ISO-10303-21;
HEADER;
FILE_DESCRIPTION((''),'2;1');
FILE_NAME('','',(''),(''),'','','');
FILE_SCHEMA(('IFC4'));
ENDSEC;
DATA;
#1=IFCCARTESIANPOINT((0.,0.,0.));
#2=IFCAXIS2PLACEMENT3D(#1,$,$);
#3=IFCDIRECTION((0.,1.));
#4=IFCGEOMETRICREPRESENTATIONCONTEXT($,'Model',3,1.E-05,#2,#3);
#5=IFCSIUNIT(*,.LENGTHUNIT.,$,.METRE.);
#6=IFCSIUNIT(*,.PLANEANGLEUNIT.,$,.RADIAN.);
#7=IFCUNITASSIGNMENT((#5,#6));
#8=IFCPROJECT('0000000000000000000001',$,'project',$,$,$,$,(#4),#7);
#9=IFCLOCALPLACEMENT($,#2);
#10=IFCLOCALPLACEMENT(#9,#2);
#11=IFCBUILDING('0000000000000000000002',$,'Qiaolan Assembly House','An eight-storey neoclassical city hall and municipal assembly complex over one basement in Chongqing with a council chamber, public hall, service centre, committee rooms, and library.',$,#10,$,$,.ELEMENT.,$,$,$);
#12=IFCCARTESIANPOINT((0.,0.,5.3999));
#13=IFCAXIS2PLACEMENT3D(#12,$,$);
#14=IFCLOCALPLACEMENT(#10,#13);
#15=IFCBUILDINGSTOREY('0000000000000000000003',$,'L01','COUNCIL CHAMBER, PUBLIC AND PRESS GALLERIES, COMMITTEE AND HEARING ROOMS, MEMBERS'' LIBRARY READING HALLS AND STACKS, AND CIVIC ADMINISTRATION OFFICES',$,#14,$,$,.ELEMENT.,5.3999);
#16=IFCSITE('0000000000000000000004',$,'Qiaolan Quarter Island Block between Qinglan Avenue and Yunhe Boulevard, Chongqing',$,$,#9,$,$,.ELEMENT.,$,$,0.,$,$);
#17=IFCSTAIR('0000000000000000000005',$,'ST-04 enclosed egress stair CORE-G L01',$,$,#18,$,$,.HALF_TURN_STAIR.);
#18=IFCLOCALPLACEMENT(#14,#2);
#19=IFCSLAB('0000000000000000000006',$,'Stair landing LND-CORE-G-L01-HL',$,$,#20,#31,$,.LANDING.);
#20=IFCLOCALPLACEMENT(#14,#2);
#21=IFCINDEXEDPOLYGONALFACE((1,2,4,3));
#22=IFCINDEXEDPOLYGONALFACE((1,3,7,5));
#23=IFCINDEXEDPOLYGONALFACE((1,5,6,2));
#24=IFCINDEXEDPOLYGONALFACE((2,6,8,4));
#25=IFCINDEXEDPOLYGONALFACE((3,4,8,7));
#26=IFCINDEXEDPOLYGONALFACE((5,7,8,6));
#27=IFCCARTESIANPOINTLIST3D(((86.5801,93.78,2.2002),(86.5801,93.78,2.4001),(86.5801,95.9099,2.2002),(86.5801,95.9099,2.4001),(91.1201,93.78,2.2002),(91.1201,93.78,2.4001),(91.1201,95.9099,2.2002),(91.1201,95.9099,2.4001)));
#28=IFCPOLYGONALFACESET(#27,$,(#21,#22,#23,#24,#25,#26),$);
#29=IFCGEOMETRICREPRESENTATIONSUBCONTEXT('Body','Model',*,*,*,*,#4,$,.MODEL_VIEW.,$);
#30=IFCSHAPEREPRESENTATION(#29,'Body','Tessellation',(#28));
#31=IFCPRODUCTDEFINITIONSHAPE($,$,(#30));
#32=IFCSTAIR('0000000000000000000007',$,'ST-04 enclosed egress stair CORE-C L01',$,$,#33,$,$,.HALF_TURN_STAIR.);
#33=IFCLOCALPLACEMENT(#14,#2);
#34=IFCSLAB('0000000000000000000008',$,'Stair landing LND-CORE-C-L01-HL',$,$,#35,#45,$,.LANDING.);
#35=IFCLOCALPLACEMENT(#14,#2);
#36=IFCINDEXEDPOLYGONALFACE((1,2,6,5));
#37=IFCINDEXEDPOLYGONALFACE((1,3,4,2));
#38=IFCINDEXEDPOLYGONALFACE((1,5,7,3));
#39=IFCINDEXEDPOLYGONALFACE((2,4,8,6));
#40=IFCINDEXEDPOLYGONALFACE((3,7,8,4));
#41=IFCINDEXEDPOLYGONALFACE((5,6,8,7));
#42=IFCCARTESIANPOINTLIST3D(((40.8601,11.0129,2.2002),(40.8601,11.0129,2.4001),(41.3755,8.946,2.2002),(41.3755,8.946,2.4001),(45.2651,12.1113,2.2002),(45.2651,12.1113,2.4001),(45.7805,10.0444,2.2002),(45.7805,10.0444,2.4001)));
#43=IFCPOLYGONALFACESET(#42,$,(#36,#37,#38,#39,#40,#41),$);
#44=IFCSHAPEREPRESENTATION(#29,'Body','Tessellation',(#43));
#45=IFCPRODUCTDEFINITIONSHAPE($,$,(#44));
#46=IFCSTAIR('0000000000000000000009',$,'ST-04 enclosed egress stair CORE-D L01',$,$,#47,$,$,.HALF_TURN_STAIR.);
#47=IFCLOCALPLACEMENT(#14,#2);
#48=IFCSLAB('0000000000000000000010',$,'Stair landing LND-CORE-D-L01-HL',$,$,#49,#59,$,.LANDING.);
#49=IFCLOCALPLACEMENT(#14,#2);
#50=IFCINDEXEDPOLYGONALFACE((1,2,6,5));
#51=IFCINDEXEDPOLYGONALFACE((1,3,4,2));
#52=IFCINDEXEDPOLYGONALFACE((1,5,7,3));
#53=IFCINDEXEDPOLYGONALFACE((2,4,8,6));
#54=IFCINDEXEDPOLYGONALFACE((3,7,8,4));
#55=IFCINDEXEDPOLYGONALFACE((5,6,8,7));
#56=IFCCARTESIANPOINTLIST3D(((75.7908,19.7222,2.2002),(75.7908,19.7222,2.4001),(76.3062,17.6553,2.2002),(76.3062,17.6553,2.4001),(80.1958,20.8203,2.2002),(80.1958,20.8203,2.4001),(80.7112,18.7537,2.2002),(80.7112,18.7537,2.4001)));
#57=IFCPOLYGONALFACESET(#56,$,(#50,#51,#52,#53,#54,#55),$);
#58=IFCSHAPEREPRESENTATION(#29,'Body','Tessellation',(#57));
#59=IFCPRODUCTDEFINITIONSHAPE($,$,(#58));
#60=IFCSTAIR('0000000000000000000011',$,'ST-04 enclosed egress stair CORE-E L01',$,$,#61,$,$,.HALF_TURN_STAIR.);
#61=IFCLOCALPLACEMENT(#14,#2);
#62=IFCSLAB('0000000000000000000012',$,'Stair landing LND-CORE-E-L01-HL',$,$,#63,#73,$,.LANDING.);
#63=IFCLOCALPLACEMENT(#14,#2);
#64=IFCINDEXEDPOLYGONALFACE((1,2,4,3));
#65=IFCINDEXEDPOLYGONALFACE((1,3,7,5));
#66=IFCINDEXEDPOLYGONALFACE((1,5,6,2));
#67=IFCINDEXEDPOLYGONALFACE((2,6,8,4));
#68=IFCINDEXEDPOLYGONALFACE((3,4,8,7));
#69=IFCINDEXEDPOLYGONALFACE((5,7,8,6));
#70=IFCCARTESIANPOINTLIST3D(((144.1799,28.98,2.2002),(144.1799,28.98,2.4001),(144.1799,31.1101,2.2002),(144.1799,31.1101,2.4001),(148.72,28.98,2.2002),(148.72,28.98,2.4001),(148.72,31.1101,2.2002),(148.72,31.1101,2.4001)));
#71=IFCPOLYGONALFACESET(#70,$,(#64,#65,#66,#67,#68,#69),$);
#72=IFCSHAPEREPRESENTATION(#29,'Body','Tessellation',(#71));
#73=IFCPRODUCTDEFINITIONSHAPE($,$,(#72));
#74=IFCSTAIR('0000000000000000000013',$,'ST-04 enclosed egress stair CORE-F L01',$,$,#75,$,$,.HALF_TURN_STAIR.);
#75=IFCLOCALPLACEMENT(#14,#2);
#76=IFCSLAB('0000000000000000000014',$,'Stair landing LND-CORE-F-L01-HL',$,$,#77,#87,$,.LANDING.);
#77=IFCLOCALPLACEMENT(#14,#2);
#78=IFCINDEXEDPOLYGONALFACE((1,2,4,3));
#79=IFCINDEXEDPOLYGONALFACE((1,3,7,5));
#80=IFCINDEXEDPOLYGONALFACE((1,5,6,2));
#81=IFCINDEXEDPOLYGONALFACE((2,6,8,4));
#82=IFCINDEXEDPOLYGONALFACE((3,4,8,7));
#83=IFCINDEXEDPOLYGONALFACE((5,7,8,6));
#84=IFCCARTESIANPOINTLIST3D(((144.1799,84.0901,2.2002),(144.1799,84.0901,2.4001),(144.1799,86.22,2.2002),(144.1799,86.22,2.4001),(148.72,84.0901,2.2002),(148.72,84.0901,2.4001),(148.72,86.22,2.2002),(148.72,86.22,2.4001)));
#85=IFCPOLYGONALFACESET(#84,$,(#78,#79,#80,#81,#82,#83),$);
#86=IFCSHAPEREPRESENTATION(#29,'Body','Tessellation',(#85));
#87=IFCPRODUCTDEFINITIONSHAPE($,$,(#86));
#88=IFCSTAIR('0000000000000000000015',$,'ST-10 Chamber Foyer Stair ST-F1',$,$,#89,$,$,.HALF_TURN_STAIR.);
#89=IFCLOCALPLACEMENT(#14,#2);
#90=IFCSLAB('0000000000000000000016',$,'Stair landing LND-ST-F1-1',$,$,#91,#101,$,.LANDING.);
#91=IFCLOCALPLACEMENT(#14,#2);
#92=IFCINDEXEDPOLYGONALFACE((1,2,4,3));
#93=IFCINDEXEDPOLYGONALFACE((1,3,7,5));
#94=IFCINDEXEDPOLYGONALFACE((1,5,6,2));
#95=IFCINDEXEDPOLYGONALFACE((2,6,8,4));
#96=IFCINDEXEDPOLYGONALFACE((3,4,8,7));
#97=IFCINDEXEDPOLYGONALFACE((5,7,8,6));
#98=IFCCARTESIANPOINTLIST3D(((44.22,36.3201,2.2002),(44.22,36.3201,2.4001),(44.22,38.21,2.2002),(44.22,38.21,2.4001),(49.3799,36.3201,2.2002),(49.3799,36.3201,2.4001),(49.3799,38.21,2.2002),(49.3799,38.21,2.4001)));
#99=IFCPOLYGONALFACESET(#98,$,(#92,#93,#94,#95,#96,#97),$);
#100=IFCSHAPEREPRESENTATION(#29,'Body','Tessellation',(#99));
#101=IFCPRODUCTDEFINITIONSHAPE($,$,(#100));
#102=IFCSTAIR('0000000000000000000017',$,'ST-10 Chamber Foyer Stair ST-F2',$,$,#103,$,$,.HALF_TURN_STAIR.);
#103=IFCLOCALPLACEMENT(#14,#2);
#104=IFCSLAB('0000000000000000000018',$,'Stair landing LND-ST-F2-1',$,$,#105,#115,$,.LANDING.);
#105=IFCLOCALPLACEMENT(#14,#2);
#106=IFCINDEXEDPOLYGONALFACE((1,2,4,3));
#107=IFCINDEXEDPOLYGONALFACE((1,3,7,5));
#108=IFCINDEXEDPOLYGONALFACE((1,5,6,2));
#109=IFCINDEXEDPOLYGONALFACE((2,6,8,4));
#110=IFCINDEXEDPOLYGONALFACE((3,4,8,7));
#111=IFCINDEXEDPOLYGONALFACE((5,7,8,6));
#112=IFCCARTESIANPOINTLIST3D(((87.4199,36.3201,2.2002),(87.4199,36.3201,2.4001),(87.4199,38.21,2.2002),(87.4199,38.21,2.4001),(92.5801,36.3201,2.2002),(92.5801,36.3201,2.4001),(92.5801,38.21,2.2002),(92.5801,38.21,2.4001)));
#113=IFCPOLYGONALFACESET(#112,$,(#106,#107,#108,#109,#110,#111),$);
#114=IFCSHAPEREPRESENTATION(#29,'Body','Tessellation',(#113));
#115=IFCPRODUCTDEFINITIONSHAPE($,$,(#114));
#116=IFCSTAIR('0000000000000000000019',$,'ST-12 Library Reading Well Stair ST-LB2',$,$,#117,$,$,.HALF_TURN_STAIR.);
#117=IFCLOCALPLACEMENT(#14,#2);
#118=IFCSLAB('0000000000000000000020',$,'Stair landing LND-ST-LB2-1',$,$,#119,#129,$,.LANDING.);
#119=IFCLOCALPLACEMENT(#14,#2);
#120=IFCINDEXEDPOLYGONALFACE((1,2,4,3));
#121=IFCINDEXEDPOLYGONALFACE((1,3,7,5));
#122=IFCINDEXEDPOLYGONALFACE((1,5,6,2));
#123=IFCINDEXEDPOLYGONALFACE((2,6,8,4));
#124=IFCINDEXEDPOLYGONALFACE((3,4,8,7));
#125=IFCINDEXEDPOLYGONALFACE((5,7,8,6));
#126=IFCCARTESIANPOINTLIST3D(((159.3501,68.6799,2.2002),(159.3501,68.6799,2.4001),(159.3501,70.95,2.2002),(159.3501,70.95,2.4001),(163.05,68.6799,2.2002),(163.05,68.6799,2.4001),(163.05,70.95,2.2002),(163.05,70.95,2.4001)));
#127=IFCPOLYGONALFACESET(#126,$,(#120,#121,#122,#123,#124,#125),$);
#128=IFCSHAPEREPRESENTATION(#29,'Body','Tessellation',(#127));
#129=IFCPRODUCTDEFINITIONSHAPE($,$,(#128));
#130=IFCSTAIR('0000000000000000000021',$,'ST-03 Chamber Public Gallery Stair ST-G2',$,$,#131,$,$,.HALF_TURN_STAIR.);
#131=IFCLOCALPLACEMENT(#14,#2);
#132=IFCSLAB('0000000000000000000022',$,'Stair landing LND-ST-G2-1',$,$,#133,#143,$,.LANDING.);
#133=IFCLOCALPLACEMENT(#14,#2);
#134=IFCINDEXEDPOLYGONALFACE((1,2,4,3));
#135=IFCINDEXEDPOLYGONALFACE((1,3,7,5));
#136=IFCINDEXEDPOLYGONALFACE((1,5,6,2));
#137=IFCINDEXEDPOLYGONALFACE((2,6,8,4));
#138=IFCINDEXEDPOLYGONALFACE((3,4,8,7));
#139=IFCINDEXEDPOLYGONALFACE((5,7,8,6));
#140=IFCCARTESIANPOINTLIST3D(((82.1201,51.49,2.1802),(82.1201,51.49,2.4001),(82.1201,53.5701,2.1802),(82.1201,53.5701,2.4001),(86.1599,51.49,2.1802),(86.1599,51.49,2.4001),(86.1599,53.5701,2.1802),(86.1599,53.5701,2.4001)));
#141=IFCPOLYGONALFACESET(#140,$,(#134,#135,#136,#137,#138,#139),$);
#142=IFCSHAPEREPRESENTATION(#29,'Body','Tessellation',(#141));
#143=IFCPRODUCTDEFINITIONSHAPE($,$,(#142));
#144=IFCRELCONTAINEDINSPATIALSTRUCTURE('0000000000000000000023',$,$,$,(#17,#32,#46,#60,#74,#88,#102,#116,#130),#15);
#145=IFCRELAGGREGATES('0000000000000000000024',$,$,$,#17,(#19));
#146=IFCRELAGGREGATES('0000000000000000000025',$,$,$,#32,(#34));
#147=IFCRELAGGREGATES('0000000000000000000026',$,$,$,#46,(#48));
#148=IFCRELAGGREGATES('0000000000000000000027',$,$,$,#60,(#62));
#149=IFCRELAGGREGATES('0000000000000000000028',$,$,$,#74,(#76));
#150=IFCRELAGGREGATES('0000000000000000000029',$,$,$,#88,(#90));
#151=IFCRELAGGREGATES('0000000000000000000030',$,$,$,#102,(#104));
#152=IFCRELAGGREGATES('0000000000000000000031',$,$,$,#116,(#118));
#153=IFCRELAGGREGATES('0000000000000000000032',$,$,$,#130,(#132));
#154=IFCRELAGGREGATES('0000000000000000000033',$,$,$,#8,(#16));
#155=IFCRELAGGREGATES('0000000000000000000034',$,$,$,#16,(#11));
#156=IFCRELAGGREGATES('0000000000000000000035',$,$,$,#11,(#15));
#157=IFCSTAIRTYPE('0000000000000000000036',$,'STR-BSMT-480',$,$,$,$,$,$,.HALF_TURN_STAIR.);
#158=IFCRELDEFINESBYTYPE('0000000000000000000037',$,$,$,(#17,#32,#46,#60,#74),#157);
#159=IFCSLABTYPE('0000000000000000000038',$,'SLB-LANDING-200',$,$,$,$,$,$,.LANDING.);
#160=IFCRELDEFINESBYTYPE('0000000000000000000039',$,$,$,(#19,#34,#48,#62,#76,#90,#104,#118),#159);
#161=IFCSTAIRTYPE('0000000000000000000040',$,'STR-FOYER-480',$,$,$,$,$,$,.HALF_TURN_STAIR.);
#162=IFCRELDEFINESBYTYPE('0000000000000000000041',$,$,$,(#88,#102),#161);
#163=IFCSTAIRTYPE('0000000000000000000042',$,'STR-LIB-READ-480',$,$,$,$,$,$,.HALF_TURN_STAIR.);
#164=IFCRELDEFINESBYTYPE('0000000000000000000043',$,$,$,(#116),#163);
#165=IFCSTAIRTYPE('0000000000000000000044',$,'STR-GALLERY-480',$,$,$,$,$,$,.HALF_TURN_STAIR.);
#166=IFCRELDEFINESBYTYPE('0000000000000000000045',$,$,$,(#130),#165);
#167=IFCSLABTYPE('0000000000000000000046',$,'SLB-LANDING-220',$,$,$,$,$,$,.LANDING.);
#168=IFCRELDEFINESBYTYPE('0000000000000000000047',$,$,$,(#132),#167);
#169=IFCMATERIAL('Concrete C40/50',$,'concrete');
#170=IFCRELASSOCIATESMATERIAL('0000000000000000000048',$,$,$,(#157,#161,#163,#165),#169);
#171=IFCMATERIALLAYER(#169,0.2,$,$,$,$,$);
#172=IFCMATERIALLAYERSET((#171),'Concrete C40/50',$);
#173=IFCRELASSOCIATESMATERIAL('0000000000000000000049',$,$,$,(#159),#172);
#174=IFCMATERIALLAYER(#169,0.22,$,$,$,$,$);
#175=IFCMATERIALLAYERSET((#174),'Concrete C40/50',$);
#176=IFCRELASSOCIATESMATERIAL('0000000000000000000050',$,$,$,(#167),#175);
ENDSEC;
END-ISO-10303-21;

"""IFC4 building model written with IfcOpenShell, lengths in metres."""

from ifc_helpers import new_model, si_unit, direction, frame, origin, place, context, subcontext, project, spatial, polyline, outline, extrude, material, layer, layer_set, type_object, element, aggregate, save


model = new_model("IFC4")

# Units and contexts
model_context = context("Model", 3, precision=1e-05, world=origin(), true_north=direction((0.0, 1.0)))
body_context = subcontext(model_context, "Body", "Model", "MODEL_VIEW")
ifc_project = project(units=[si_unit("LENGTHUNIT", "METRE"), si_unit("PLANEANGLEUNIT", "RADIAN")], contexts=[model_context])

# Site, building, storey
site_placement = place(None, origin())
site = spatial("IfcSite", under=ifc_project, at=site_placement, Name="Qiaolan Quarter Island Block between Qinglan Avenue and Yunhe Boulevard, Chongqing", CompositionType="ELEMENT", RefElevation=0.0)
building_placement = place(site_placement, origin())
building = spatial("IfcBuilding", under=site, at=building_placement, Name="Qiaolan Assembly House", Description="An eight-storey neoclassical city hall and municipal assembly complex over one basement in Chongqing with a council chamber, public hall, service centre, committee rooms, and library.", CompositionType="ELEMENT")
storey_placement = place(building_placement, frame((0.0, 0.0, 5.3999)))
storey = spatial("IfcBuildingStorey", under=building, at=storey_placement, Name="L01", Description="COUNCIL CHAMBER, PUBLIC AND PRESS GALLERIES, COMMITTEE AND HEARING ROOMS, MEMBERS' LIBRARY READING HALLS AND STACKS, AND CIVIC ADMINISTRATION OFFICES", CompositionType="ELEMENT", Elevation=5.3999)

# Stairs, slabs
ifc_material_1 = material(Name="Concrete C40/50", Category="concrete")
stair_type_1 = type_object("IfcStairType", Name="STR-BSMT-480", PredefinedType="HALF_TURN_STAIR", material=ifc_material_1)
ifc_layer_1 = layer(ifc_material_1, 0.2)
ifc_layer_set_1 = layer_set([ifc_layer_1], Name="Concrete C40/50")
slab_type_1 = type_object("IfcSlabType", Name="SLB-LANDING-200", PredefinedType="LANDING", material=ifc_layer_set_1)
stair_1_placement = place(storey_placement, origin())
stair_1 = element("IfcStair", 1, at=stair_1_placement, inside=storey, type_object=stair_type_1, Name="ST-04 enclosed egress stair CORE-G L01", PredefinedType="HALF_TURN_STAIR")
slab_1_placement = place(storey_placement, frame((0.0, 0.0, 2.2002)))
slab_1 = element("IfcSlab", 2, at=slab_1_placement, type_object=slab_type_1, Name="Stair landing LND-CORE-G-L01-HL", PredefinedType="LANDING", context=body_context, shape_type="SweptSolid", body=[
    extrude(outline(polyline([(86.5801, 93.78), (86.5801, 95.9099), (91.1201, 95.9099), (91.1201, 93.78), (86.5801, 93.78)])), origin(), (0.0, 0.0, 1.0), 0.2),
])
aggregate(stair_1, [slab_1])
stair_2_placement = place(storey_placement, origin())
stair_2 = element("IfcStair", 3, at=stair_2_placement, inside=storey, type_object=stair_type_1, Name="ST-04 enclosed egress stair CORE-C L01", PredefinedType="HALF_TURN_STAIR")
slab_2_placement = place(storey_placement, frame((0.0, 0.0, 2.2002)))
slab_2 = element("IfcSlab", 4, at=slab_2_placement, type_object=slab_type_1, Name="Stair landing LND-CORE-C-L01-HL", PredefinedType="LANDING", context=body_context, shape_type="SweptSolid", body=[
    extrude(outline(polyline([(41.3755, 8.946), (40.8601, 11.0129), (45.2651, 12.1113), (45.7805, 10.0444), (41.3755, 8.946)])), origin(), (0.0, 0.0, 1.0), 0.2),
])
aggregate(stair_2, [slab_2])
stair_3_placement = place(storey_placement, origin())
stair_3 = element("IfcStair", 5, at=stair_3_placement, inside=storey, type_object=stair_type_1, Name="ST-04 enclosed egress stair CORE-D L01", PredefinedType="HALF_TURN_STAIR")
slab_3_placement = place(storey_placement, frame((0.0, 0.0, 2.2002)))
slab_3 = element("IfcSlab", 6, at=slab_3_placement, type_object=slab_type_1, Name="Stair landing LND-CORE-D-L01-HL", PredefinedType="LANDING", context=body_context, shape_type="SweptSolid", body=[
    extrude(outline(polyline([(76.3062, 17.6553), (75.7908, 19.7222), (80.1958, 20.8203), (80.7112, 18.7537), (76.3062, 17.6553)])), origin(), (0.0, 0.0, 1.0), 0.2),
])
aggregate(stair_3, [slab_3])
stair_4_placement = place(storey_placement, origin())
stair_4 = element("IfcStair", 7, at=stair_4_placement, inside=storey, type_object=stair_type_1, Name="ST-04 enclosed egress stair CORE-E L01", PredefinedType="HALF_TURN_STAIR")
slab_4_placement = place(storey_placement, frame((0.0, 0.0, 2.2002)))
slab_4 = element("IfcSlab", 8, at=slab_4_placement, type_object=slab_type_1, Name="Stair landing LND-CORE-E-L01-HL", PredefinedType="LANDING", context=body_context, shape_type="SweptSolid", body=[
    extrude(outline(polyline([(144.1799, 28.98), (144.1799, 31.1101), (148.72, 31.1101), (148.72, 28.98), (144.1799, 28.98)])), origin(), (0.0, 0.0, 1.0), 0.2),
])
aggregate(stair_4, [slab_4])
stair_5_placement = place(storey_placement, origin())
stair_5 = element("IfcStair", 9, at=stair_5_placement, inside=storey, type_object=stair_type_1, Name="ST-04 enclosed egress stair CORE-F L01", PredefinedType="HALF_TURN_STAIR")
slab_5_placement = place(storey_placement, frame((0.0, 0.0, 2.2002)))
slab_5 = element("IfcSlab", 10, at=slab_5_placement, type_object=slab_type_1, Name="Stair landing LND-CORE-F-L01-HL", PredefinedType="LANDING", context=body_context, shape_type="SweptSolid", body=[
    extrude(outline(polyline([(144.1799, 84.0901), (144.1799, 86.22), (148.72, 86.22), (148.72, 84.0901), (144.1799, 84.0901)])), origin(), (0.0, 0.0, 1.0), 0.2),
])
aggregate(stair_5, [slab_5])
stair_type_2 = type_object("IfcStairType", Name="STR-FOYER-480", PredefinedType="HALF_TURN_STAIR", material=ifc_material_1)
stair_6_placement = place(storey_placement, origin())
stair_6 = element("IfcStair", 11, at=stair_6_placement, inside=storey, type_object=stair_type_2, Name="ST-10 Chamber Foyer Stair ST-F1", PredefinedType="HALF_TURN_STAIR")
slab_6_placement = place(storey_placement, frame((0.0, 0.0, 2.2002)))
slab_6 = element("IfcSlab", 12, at=slab_6_placement, type_object=slab_type_1, Name="Stair landing LND-ST-F1-1", PredefinedType="LANDING", context=body_context, shape_type="SweptSolid", body=[
    extrude(outline(polyline([(44.22, 36.3201), (44.22, 38.21), (49.3799, 38.21), (49.3799, 36.3201), (44.22, 36.3201)])), origin(), (0.0, 0.0, 1.0), 0.2),
])
aggregate(stair_6, [slab_6])
stair_7_placement = place(storey_placement, origin())
stair_7 = element("IfcStair", 13, at=stair_7_placement, inside=storey, type_object=stair_type_2, Name="ST-10 Chamber Foyer Stair ST-F2", PredefinedType="HALF_TURN_STAIR")
slab_7_placement = place(storey_placement, frame((0.0, 0.0, 2.2002)))
slab_7 = element("IfcSlab", 14, at=slab_7_placement, type_object=slab_type_1, Name="Stair landing LND-ST-F2-1", PredefinedType="LANDING", context=body_context, shape_type="SweptSolid", body=[
    extrude(outline(polyline([(87.4199, 36.3201), (87.4199, 38.21), (92.5801, 38.21), (92.5801, 36.3201), (87.4199, 36.3201)])), origin(), (0.0, 0.0, 1.0), 0.2),
])
aggregate(stair_7, [slab_7])
stair_type_3 = type_object("IfcStairType", Name="STR-LIB-READ-480", PredefinedType="HALF_TURN_STAIR", material=ifc_material_1)
stair_8_placement = place(storey_placement, origin())
stair_8 = element("IfcStair", 15, at=stair_8_placement, inside=storey, type_object=stair_type_3, Name="ST-12 Library Reading Well Stair ST-LB2", PredefinedType="HALF_TURN_STAIR")
slab_8_placement = place(storey_placement, frame((0.0, 0.0, 2.2002)))
slab_8 = element("IfcSlab", 16, at=slab_8_placement, type_object=slab_type_1, Name="Stair landing LND-ST-LB2-1", PredefinedType="LANDING", context=body_context, shape_type="SweptSolid", body=[
    extrude(outline(polyline([(159.3501, 68.6799), (159.3501, 70.95), (163.05, 70.95), (163.05, 68.6799), (159.3501, 68.6799)])), origin(), (0.0, 0.0, 1.0), 0.2),
])
aggregate(stair_8, [slab_8])
stair_type_4 = type_object("IfcStairType", Name="STR-GALLERY-480", PredefinedType="HALF_TURN_STAIR", material=ifc_material_1)
stair_9_placement = place(storey_placement, origin())
stair_9 = element("IfcStair", 17, at=stair_9_placement, inside=storey, type_object=stair_type_4, Name="ST-03 Chamber Public Gallery Stair ST-G2", PredefinedType="HALF_TURN_STAIR")
ifc_layer_2 = layer(ifc_material_1, 0.22)
ifc_layer_set_2 = layer_set([ifc_layer_2], Name="Concrete C40/50")
slab_type_2 = type_object("IfcSlabType", Name="SLB-LANDING-220", PredefinedType="LANDING", material=ifc_layer_set_2)
slab_9_placement = place(storey_placement, frame((0.0, 0.0, 2.1802)))
slab_9 = element("IfcSlab", 18, at=slab_9_placement, type_object=slab_type_2, Name="Stair landing LND-ST-G2-1", PredefinedType="LANDING", context=body_context, shape_type="SweptSolid", body=[
    extrude(outline(polyline([(82.1201, 51.49), (82.1201, 53.5701), (86.1599, 53.5701), (86.1599, 51.49), (82.1201, 51.49)])), origin(), (0.0, 0.0, 1.0), 0.22),
])
aggregate(stair_9, [slab_9])

save(model, "model.ifc")
